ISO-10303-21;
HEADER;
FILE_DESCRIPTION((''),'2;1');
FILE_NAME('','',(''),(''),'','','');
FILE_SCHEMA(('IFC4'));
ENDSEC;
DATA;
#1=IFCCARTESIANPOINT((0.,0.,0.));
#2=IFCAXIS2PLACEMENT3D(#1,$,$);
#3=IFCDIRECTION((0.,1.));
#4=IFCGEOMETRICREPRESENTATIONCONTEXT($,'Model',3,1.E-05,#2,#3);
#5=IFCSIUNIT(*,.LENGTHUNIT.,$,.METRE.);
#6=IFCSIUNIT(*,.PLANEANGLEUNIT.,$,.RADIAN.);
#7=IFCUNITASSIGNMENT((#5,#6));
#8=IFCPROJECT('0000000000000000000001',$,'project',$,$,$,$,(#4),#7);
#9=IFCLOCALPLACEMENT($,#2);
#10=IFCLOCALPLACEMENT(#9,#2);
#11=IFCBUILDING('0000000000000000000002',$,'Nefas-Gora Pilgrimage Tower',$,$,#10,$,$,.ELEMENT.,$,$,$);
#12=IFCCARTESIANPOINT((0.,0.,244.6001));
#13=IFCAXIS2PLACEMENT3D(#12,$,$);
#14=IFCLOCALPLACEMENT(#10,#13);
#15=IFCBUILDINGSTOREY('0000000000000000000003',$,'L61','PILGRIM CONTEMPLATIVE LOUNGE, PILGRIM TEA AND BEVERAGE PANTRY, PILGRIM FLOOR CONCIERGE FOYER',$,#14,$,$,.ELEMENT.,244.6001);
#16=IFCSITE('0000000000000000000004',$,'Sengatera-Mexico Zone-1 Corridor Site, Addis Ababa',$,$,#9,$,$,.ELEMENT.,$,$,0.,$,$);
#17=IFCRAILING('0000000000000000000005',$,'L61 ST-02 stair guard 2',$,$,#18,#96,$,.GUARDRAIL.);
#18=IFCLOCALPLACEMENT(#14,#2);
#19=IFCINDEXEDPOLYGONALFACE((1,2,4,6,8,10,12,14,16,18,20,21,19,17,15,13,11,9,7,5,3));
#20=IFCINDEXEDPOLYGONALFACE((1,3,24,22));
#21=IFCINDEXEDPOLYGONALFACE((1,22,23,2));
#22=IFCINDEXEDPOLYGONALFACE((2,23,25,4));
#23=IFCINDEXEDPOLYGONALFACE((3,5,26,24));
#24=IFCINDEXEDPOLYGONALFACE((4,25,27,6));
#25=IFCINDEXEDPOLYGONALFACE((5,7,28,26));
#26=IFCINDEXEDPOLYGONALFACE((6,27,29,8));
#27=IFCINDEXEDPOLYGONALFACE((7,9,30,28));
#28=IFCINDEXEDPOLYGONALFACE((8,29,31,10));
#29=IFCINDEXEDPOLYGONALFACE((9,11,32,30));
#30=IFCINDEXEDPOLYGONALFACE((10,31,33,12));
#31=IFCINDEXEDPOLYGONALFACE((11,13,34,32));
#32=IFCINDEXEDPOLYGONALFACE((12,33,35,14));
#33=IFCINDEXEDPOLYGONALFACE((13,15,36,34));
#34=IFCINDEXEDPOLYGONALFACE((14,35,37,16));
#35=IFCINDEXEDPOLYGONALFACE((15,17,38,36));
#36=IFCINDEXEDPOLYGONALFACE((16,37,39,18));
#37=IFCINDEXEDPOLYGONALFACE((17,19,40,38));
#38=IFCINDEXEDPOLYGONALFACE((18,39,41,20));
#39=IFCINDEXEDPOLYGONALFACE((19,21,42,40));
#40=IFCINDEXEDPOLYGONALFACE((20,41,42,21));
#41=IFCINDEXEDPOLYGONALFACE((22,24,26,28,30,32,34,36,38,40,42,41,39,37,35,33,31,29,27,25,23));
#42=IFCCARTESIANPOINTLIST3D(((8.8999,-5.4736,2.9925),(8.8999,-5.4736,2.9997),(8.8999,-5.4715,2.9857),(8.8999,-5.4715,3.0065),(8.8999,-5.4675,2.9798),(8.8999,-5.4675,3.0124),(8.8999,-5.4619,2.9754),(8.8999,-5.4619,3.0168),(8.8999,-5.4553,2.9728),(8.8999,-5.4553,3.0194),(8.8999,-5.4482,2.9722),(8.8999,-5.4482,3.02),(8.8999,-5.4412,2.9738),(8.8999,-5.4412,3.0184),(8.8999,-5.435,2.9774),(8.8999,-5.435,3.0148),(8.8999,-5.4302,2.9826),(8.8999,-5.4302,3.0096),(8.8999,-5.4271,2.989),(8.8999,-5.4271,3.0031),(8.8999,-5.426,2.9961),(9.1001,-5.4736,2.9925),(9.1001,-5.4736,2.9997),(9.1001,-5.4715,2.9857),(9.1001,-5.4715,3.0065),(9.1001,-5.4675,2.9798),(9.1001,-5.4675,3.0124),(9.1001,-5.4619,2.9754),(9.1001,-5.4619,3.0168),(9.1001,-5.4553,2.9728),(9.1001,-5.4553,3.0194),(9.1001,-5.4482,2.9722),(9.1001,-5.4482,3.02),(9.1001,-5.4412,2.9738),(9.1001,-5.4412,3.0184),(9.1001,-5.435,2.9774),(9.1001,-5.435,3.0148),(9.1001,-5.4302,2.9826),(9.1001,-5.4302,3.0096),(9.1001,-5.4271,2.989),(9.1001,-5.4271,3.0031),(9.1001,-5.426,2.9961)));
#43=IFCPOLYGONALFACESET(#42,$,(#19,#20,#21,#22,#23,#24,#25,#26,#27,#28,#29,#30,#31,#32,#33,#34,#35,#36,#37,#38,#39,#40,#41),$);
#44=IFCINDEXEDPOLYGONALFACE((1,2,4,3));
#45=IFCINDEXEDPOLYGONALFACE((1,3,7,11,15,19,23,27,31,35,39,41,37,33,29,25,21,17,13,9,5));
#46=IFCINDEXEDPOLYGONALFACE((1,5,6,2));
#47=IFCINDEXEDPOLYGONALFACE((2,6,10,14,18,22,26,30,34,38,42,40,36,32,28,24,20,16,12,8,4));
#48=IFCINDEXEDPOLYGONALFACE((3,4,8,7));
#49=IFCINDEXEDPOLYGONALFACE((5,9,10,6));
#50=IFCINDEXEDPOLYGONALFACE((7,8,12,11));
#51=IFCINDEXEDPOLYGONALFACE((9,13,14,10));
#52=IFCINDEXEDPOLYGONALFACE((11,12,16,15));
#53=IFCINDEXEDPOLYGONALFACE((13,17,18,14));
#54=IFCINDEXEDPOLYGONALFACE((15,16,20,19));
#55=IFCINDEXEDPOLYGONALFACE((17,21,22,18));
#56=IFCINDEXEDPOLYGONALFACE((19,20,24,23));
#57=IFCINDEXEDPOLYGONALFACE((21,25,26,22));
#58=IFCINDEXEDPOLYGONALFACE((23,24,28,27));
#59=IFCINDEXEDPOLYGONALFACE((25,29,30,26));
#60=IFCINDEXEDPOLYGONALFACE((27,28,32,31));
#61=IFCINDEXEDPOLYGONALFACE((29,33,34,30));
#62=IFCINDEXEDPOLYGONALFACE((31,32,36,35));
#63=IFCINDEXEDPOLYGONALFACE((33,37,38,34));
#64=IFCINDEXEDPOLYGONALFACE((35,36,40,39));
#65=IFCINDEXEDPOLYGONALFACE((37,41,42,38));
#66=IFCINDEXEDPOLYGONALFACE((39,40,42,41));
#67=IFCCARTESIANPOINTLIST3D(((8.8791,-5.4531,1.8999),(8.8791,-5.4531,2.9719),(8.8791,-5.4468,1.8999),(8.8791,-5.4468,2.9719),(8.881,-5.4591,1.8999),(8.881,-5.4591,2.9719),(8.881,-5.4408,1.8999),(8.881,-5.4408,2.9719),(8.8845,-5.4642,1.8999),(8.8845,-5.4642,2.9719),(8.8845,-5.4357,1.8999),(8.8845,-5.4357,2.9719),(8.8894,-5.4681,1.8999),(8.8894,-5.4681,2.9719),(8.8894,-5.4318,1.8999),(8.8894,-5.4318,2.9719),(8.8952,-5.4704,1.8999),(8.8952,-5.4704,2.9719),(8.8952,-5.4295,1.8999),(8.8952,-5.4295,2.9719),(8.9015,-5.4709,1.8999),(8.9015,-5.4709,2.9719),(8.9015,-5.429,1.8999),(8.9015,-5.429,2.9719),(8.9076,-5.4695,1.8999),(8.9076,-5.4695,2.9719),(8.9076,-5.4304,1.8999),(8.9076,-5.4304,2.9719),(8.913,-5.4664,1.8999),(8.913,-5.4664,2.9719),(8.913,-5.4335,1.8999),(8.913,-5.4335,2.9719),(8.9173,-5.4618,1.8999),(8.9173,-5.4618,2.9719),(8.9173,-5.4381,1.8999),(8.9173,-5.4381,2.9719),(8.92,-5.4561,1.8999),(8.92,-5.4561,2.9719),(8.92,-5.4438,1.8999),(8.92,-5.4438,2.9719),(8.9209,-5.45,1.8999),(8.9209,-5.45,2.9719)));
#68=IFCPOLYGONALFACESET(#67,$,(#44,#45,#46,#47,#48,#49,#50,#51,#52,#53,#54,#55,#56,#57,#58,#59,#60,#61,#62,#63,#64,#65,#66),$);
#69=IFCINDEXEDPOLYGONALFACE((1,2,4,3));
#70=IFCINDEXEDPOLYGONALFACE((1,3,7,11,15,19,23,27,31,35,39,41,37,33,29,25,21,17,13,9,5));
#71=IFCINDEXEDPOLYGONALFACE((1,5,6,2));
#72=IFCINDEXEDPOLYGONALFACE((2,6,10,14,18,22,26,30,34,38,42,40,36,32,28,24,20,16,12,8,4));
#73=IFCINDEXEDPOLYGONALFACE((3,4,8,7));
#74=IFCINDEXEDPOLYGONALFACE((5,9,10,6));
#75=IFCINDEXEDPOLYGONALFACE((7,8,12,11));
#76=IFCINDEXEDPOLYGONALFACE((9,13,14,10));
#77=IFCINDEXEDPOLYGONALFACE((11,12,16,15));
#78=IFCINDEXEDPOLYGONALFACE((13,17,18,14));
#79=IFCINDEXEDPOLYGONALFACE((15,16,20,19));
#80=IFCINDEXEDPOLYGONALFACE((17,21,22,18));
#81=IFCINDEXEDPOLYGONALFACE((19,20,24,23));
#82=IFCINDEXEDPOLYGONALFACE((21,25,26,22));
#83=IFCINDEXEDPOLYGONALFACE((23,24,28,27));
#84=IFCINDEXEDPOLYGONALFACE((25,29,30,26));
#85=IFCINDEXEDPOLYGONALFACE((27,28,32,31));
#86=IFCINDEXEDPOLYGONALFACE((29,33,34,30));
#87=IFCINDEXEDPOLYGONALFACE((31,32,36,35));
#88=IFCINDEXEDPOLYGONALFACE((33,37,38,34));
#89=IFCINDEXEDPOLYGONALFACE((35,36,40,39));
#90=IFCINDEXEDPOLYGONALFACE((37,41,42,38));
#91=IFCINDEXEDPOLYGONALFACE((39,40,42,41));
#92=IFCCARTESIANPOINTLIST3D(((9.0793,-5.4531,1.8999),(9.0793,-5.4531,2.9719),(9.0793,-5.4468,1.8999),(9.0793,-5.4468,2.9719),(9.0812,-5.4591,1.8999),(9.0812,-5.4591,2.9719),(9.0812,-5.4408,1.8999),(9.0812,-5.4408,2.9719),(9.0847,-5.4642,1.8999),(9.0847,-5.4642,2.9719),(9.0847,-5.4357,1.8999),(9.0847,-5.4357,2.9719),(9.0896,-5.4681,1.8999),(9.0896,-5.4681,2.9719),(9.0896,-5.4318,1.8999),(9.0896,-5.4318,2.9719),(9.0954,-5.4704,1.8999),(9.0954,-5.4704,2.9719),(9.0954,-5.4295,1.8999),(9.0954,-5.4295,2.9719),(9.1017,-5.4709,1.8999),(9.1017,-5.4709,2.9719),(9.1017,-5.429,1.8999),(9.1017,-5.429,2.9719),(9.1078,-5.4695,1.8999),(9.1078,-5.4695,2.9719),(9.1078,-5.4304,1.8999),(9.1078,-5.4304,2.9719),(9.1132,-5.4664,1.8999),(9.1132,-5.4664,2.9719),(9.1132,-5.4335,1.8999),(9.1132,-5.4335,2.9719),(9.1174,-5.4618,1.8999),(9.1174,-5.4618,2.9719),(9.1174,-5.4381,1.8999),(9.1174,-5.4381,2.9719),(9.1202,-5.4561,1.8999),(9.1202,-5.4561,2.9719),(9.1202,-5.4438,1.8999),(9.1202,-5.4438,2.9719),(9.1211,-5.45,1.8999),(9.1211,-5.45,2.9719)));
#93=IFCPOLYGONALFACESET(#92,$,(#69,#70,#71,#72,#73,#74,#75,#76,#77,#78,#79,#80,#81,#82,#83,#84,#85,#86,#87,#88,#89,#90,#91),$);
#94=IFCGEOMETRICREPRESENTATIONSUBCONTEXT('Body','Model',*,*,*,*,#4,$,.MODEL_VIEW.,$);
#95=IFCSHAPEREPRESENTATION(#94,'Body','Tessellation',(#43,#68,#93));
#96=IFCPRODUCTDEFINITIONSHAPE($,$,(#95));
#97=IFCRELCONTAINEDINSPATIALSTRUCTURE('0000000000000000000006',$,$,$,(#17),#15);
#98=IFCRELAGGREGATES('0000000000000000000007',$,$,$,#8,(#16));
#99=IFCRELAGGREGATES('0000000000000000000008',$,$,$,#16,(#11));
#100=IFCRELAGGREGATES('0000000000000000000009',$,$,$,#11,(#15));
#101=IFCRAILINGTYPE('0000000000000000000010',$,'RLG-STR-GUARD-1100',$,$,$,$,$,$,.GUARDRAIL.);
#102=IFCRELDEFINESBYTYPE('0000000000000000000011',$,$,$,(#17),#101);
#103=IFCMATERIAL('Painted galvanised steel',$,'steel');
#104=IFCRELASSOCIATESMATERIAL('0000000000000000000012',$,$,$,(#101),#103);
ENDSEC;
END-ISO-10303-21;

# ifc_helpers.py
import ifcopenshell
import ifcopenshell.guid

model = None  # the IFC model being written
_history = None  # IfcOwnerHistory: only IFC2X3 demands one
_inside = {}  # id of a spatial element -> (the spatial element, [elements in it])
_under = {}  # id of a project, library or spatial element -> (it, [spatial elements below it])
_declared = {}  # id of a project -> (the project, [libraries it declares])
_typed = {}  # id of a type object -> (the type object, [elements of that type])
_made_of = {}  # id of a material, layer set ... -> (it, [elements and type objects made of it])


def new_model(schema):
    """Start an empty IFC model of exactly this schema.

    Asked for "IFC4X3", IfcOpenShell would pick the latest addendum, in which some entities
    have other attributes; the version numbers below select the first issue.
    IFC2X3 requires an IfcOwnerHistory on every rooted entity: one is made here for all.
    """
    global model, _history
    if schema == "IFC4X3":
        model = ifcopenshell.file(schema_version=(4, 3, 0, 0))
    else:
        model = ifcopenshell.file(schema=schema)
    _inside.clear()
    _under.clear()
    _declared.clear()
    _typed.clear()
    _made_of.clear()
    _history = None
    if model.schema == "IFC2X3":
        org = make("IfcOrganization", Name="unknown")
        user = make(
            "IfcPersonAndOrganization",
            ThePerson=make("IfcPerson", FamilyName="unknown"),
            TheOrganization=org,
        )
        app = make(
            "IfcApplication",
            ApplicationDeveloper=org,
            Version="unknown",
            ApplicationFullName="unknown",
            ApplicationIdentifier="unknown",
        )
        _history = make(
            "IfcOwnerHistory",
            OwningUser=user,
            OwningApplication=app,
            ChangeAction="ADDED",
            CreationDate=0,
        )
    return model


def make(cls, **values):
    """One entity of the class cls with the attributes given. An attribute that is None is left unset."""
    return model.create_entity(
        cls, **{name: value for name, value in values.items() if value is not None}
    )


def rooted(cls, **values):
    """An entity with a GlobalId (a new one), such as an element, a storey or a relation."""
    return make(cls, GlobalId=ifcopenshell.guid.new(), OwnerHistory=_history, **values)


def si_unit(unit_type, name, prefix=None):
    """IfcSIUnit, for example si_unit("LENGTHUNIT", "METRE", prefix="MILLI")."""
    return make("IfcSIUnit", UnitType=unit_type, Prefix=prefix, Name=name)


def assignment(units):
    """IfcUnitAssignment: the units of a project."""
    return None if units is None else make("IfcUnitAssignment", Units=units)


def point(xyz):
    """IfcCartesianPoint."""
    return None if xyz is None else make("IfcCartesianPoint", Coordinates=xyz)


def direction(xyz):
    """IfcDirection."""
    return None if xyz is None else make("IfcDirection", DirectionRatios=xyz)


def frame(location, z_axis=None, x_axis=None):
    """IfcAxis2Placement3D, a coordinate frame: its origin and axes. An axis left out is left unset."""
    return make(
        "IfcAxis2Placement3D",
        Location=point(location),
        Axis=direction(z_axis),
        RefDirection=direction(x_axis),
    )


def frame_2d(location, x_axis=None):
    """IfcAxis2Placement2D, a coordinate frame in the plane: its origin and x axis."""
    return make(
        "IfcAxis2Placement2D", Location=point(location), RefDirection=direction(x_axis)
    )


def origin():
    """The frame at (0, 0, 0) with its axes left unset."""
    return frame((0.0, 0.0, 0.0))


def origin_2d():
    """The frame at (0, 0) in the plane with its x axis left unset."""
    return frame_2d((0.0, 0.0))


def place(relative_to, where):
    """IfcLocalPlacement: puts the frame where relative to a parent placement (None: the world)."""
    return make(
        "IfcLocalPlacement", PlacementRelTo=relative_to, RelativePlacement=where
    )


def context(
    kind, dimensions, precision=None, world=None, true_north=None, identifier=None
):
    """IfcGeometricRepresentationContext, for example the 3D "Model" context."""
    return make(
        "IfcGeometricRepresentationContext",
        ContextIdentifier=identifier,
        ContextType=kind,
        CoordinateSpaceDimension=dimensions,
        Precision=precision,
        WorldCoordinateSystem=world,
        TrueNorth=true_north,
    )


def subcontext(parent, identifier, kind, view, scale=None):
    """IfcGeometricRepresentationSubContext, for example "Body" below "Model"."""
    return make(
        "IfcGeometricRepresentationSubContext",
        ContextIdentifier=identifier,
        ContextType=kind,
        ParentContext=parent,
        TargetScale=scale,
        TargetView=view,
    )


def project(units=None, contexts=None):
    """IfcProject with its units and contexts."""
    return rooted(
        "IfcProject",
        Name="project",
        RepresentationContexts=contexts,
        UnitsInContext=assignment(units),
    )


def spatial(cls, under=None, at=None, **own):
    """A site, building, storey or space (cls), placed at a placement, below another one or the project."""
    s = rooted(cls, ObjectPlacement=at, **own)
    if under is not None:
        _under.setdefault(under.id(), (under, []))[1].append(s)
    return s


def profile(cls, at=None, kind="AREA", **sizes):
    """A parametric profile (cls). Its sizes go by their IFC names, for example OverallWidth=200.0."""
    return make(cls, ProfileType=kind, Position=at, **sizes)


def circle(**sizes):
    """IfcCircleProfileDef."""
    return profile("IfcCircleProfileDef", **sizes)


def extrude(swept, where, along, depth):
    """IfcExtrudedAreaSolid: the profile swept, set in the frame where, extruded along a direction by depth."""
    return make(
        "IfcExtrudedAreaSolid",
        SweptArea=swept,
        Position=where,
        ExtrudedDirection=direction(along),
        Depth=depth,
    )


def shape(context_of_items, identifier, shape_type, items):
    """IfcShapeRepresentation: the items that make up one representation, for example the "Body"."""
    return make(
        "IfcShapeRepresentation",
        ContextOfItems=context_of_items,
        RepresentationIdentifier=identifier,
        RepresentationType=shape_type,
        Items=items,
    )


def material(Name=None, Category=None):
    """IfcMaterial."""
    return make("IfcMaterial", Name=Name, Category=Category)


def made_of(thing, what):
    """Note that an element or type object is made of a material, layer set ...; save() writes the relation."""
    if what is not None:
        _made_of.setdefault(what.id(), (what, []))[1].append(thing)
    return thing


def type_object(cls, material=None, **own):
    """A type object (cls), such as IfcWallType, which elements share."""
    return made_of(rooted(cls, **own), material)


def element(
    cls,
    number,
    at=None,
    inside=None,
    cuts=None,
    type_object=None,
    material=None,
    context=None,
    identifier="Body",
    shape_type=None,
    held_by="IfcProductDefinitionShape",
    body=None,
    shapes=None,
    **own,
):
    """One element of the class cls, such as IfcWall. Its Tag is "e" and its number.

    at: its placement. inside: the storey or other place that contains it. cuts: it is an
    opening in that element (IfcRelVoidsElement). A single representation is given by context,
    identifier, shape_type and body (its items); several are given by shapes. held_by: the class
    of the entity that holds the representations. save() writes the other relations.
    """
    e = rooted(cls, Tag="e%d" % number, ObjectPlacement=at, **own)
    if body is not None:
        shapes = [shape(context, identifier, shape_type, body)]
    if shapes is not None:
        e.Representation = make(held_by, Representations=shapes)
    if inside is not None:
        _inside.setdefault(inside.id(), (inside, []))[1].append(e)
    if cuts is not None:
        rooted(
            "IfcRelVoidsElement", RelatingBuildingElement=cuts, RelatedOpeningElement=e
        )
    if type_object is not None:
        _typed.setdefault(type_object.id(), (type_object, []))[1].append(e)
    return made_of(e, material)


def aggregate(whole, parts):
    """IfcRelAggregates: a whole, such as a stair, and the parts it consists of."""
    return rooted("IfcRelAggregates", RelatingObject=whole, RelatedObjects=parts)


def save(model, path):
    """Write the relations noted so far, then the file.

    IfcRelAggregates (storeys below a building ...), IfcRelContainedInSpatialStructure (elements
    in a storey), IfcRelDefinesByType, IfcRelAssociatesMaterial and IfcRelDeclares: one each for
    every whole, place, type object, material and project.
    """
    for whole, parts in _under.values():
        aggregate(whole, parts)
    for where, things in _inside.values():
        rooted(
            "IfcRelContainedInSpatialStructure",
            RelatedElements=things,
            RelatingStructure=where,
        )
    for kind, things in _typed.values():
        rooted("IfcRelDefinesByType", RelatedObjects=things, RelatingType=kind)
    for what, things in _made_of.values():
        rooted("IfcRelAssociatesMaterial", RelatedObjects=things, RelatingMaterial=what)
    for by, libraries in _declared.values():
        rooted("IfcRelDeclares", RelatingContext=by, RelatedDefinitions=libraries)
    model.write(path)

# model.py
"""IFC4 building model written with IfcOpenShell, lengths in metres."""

from ifc_helpers import new_model, si_unit, direction, frame, origin, origin_2d, place, context, subcontext, project, spatial, circle, extrude, material, type_object, element, save


model = new_model("IFC4")

# Units and contexts
model_context = context("Model", 3, precision=1e-05, world=origin(), true_north=direction((0.0, 1.0)))
body_context = subcontext(model_context, "Body", "Model", "MODEL_VIEW")
ifc_project = project(units=[si_unit("LENGTHUNIT", "METRE"), si_unit("PLANEANGLEUNIT", "RADIAN")], contexts=[model_context])

# Site, building, storey
site_placement = place(None, origin())
site = spatial("IfcSite", under=ifc_project, at=site_placement, Name="Sengatera-Mexico Zone-1 Corridor Site, Addis Ababa", CompositionType="ELEMENT", RefElevation=0.0)
building_placement = place(site_placement, origin())
building = spatial("IfcBuilding", under=site, at=building_placement, Name="Nefas-Gora Pilgrimage Tower", CompositionType="ELEMENT")
storey_placement = place(building_placement, frame((0.0, 0.0, 244.6001)))
storey = spatial("IfcBuildingStorey", under=building, at=storey_placement, Name="L61", Description="PILGRIM CONTEMPLATIVE LOUNGE, PILGRIM TEA AND BEVERAGE PANTRY, PILGRIM FLOOR CONCIERGE FOYER", CompositionType="ELEMENT", Elevation=244.6001)

# Railing
ifc_material_1 = material(Name="Painted galvanised steel", Category="steel")
railing_type_1 = type_object("IfcRailingType", Name="RLG-STR-GUARD-1100", PredefinedType="GUARDRAIL", material=ifc_material_1)
railing_1_placement = place(storey_placement, frame((8.8999, -5.45, 1.8999)))
element("IfcRailing", 1, at=railing_1_placement, inside=storey, type_object=railing_type_1, Name="L61 ST-02 stair guard 2", PredefinedType="GUARDRAIL", context=body_context, shape_type="SweptSolid", body=[
    extrude(circle(Radius=0.0239, at=origin_2d()), frame((0.0, 0.0, 1.0962), z_axis=(1.0, 0.0, 0.0), x_axis=(0.0, 1.0, 0.0)), (0.0, 0.0, 1.0), 0.2002),
    extrude(circle(Radius=0.021, at=origin_2d()), origin(), (0.0, 0.0, 1.0), 1.072),
    extrude(circle(Radius=0.021, at=origin_2d()), frame((0.2002, 0.0, 0.0)), (0.0, 0.0, 1.0), 1.072),
])

save(model, "model.ifc")
